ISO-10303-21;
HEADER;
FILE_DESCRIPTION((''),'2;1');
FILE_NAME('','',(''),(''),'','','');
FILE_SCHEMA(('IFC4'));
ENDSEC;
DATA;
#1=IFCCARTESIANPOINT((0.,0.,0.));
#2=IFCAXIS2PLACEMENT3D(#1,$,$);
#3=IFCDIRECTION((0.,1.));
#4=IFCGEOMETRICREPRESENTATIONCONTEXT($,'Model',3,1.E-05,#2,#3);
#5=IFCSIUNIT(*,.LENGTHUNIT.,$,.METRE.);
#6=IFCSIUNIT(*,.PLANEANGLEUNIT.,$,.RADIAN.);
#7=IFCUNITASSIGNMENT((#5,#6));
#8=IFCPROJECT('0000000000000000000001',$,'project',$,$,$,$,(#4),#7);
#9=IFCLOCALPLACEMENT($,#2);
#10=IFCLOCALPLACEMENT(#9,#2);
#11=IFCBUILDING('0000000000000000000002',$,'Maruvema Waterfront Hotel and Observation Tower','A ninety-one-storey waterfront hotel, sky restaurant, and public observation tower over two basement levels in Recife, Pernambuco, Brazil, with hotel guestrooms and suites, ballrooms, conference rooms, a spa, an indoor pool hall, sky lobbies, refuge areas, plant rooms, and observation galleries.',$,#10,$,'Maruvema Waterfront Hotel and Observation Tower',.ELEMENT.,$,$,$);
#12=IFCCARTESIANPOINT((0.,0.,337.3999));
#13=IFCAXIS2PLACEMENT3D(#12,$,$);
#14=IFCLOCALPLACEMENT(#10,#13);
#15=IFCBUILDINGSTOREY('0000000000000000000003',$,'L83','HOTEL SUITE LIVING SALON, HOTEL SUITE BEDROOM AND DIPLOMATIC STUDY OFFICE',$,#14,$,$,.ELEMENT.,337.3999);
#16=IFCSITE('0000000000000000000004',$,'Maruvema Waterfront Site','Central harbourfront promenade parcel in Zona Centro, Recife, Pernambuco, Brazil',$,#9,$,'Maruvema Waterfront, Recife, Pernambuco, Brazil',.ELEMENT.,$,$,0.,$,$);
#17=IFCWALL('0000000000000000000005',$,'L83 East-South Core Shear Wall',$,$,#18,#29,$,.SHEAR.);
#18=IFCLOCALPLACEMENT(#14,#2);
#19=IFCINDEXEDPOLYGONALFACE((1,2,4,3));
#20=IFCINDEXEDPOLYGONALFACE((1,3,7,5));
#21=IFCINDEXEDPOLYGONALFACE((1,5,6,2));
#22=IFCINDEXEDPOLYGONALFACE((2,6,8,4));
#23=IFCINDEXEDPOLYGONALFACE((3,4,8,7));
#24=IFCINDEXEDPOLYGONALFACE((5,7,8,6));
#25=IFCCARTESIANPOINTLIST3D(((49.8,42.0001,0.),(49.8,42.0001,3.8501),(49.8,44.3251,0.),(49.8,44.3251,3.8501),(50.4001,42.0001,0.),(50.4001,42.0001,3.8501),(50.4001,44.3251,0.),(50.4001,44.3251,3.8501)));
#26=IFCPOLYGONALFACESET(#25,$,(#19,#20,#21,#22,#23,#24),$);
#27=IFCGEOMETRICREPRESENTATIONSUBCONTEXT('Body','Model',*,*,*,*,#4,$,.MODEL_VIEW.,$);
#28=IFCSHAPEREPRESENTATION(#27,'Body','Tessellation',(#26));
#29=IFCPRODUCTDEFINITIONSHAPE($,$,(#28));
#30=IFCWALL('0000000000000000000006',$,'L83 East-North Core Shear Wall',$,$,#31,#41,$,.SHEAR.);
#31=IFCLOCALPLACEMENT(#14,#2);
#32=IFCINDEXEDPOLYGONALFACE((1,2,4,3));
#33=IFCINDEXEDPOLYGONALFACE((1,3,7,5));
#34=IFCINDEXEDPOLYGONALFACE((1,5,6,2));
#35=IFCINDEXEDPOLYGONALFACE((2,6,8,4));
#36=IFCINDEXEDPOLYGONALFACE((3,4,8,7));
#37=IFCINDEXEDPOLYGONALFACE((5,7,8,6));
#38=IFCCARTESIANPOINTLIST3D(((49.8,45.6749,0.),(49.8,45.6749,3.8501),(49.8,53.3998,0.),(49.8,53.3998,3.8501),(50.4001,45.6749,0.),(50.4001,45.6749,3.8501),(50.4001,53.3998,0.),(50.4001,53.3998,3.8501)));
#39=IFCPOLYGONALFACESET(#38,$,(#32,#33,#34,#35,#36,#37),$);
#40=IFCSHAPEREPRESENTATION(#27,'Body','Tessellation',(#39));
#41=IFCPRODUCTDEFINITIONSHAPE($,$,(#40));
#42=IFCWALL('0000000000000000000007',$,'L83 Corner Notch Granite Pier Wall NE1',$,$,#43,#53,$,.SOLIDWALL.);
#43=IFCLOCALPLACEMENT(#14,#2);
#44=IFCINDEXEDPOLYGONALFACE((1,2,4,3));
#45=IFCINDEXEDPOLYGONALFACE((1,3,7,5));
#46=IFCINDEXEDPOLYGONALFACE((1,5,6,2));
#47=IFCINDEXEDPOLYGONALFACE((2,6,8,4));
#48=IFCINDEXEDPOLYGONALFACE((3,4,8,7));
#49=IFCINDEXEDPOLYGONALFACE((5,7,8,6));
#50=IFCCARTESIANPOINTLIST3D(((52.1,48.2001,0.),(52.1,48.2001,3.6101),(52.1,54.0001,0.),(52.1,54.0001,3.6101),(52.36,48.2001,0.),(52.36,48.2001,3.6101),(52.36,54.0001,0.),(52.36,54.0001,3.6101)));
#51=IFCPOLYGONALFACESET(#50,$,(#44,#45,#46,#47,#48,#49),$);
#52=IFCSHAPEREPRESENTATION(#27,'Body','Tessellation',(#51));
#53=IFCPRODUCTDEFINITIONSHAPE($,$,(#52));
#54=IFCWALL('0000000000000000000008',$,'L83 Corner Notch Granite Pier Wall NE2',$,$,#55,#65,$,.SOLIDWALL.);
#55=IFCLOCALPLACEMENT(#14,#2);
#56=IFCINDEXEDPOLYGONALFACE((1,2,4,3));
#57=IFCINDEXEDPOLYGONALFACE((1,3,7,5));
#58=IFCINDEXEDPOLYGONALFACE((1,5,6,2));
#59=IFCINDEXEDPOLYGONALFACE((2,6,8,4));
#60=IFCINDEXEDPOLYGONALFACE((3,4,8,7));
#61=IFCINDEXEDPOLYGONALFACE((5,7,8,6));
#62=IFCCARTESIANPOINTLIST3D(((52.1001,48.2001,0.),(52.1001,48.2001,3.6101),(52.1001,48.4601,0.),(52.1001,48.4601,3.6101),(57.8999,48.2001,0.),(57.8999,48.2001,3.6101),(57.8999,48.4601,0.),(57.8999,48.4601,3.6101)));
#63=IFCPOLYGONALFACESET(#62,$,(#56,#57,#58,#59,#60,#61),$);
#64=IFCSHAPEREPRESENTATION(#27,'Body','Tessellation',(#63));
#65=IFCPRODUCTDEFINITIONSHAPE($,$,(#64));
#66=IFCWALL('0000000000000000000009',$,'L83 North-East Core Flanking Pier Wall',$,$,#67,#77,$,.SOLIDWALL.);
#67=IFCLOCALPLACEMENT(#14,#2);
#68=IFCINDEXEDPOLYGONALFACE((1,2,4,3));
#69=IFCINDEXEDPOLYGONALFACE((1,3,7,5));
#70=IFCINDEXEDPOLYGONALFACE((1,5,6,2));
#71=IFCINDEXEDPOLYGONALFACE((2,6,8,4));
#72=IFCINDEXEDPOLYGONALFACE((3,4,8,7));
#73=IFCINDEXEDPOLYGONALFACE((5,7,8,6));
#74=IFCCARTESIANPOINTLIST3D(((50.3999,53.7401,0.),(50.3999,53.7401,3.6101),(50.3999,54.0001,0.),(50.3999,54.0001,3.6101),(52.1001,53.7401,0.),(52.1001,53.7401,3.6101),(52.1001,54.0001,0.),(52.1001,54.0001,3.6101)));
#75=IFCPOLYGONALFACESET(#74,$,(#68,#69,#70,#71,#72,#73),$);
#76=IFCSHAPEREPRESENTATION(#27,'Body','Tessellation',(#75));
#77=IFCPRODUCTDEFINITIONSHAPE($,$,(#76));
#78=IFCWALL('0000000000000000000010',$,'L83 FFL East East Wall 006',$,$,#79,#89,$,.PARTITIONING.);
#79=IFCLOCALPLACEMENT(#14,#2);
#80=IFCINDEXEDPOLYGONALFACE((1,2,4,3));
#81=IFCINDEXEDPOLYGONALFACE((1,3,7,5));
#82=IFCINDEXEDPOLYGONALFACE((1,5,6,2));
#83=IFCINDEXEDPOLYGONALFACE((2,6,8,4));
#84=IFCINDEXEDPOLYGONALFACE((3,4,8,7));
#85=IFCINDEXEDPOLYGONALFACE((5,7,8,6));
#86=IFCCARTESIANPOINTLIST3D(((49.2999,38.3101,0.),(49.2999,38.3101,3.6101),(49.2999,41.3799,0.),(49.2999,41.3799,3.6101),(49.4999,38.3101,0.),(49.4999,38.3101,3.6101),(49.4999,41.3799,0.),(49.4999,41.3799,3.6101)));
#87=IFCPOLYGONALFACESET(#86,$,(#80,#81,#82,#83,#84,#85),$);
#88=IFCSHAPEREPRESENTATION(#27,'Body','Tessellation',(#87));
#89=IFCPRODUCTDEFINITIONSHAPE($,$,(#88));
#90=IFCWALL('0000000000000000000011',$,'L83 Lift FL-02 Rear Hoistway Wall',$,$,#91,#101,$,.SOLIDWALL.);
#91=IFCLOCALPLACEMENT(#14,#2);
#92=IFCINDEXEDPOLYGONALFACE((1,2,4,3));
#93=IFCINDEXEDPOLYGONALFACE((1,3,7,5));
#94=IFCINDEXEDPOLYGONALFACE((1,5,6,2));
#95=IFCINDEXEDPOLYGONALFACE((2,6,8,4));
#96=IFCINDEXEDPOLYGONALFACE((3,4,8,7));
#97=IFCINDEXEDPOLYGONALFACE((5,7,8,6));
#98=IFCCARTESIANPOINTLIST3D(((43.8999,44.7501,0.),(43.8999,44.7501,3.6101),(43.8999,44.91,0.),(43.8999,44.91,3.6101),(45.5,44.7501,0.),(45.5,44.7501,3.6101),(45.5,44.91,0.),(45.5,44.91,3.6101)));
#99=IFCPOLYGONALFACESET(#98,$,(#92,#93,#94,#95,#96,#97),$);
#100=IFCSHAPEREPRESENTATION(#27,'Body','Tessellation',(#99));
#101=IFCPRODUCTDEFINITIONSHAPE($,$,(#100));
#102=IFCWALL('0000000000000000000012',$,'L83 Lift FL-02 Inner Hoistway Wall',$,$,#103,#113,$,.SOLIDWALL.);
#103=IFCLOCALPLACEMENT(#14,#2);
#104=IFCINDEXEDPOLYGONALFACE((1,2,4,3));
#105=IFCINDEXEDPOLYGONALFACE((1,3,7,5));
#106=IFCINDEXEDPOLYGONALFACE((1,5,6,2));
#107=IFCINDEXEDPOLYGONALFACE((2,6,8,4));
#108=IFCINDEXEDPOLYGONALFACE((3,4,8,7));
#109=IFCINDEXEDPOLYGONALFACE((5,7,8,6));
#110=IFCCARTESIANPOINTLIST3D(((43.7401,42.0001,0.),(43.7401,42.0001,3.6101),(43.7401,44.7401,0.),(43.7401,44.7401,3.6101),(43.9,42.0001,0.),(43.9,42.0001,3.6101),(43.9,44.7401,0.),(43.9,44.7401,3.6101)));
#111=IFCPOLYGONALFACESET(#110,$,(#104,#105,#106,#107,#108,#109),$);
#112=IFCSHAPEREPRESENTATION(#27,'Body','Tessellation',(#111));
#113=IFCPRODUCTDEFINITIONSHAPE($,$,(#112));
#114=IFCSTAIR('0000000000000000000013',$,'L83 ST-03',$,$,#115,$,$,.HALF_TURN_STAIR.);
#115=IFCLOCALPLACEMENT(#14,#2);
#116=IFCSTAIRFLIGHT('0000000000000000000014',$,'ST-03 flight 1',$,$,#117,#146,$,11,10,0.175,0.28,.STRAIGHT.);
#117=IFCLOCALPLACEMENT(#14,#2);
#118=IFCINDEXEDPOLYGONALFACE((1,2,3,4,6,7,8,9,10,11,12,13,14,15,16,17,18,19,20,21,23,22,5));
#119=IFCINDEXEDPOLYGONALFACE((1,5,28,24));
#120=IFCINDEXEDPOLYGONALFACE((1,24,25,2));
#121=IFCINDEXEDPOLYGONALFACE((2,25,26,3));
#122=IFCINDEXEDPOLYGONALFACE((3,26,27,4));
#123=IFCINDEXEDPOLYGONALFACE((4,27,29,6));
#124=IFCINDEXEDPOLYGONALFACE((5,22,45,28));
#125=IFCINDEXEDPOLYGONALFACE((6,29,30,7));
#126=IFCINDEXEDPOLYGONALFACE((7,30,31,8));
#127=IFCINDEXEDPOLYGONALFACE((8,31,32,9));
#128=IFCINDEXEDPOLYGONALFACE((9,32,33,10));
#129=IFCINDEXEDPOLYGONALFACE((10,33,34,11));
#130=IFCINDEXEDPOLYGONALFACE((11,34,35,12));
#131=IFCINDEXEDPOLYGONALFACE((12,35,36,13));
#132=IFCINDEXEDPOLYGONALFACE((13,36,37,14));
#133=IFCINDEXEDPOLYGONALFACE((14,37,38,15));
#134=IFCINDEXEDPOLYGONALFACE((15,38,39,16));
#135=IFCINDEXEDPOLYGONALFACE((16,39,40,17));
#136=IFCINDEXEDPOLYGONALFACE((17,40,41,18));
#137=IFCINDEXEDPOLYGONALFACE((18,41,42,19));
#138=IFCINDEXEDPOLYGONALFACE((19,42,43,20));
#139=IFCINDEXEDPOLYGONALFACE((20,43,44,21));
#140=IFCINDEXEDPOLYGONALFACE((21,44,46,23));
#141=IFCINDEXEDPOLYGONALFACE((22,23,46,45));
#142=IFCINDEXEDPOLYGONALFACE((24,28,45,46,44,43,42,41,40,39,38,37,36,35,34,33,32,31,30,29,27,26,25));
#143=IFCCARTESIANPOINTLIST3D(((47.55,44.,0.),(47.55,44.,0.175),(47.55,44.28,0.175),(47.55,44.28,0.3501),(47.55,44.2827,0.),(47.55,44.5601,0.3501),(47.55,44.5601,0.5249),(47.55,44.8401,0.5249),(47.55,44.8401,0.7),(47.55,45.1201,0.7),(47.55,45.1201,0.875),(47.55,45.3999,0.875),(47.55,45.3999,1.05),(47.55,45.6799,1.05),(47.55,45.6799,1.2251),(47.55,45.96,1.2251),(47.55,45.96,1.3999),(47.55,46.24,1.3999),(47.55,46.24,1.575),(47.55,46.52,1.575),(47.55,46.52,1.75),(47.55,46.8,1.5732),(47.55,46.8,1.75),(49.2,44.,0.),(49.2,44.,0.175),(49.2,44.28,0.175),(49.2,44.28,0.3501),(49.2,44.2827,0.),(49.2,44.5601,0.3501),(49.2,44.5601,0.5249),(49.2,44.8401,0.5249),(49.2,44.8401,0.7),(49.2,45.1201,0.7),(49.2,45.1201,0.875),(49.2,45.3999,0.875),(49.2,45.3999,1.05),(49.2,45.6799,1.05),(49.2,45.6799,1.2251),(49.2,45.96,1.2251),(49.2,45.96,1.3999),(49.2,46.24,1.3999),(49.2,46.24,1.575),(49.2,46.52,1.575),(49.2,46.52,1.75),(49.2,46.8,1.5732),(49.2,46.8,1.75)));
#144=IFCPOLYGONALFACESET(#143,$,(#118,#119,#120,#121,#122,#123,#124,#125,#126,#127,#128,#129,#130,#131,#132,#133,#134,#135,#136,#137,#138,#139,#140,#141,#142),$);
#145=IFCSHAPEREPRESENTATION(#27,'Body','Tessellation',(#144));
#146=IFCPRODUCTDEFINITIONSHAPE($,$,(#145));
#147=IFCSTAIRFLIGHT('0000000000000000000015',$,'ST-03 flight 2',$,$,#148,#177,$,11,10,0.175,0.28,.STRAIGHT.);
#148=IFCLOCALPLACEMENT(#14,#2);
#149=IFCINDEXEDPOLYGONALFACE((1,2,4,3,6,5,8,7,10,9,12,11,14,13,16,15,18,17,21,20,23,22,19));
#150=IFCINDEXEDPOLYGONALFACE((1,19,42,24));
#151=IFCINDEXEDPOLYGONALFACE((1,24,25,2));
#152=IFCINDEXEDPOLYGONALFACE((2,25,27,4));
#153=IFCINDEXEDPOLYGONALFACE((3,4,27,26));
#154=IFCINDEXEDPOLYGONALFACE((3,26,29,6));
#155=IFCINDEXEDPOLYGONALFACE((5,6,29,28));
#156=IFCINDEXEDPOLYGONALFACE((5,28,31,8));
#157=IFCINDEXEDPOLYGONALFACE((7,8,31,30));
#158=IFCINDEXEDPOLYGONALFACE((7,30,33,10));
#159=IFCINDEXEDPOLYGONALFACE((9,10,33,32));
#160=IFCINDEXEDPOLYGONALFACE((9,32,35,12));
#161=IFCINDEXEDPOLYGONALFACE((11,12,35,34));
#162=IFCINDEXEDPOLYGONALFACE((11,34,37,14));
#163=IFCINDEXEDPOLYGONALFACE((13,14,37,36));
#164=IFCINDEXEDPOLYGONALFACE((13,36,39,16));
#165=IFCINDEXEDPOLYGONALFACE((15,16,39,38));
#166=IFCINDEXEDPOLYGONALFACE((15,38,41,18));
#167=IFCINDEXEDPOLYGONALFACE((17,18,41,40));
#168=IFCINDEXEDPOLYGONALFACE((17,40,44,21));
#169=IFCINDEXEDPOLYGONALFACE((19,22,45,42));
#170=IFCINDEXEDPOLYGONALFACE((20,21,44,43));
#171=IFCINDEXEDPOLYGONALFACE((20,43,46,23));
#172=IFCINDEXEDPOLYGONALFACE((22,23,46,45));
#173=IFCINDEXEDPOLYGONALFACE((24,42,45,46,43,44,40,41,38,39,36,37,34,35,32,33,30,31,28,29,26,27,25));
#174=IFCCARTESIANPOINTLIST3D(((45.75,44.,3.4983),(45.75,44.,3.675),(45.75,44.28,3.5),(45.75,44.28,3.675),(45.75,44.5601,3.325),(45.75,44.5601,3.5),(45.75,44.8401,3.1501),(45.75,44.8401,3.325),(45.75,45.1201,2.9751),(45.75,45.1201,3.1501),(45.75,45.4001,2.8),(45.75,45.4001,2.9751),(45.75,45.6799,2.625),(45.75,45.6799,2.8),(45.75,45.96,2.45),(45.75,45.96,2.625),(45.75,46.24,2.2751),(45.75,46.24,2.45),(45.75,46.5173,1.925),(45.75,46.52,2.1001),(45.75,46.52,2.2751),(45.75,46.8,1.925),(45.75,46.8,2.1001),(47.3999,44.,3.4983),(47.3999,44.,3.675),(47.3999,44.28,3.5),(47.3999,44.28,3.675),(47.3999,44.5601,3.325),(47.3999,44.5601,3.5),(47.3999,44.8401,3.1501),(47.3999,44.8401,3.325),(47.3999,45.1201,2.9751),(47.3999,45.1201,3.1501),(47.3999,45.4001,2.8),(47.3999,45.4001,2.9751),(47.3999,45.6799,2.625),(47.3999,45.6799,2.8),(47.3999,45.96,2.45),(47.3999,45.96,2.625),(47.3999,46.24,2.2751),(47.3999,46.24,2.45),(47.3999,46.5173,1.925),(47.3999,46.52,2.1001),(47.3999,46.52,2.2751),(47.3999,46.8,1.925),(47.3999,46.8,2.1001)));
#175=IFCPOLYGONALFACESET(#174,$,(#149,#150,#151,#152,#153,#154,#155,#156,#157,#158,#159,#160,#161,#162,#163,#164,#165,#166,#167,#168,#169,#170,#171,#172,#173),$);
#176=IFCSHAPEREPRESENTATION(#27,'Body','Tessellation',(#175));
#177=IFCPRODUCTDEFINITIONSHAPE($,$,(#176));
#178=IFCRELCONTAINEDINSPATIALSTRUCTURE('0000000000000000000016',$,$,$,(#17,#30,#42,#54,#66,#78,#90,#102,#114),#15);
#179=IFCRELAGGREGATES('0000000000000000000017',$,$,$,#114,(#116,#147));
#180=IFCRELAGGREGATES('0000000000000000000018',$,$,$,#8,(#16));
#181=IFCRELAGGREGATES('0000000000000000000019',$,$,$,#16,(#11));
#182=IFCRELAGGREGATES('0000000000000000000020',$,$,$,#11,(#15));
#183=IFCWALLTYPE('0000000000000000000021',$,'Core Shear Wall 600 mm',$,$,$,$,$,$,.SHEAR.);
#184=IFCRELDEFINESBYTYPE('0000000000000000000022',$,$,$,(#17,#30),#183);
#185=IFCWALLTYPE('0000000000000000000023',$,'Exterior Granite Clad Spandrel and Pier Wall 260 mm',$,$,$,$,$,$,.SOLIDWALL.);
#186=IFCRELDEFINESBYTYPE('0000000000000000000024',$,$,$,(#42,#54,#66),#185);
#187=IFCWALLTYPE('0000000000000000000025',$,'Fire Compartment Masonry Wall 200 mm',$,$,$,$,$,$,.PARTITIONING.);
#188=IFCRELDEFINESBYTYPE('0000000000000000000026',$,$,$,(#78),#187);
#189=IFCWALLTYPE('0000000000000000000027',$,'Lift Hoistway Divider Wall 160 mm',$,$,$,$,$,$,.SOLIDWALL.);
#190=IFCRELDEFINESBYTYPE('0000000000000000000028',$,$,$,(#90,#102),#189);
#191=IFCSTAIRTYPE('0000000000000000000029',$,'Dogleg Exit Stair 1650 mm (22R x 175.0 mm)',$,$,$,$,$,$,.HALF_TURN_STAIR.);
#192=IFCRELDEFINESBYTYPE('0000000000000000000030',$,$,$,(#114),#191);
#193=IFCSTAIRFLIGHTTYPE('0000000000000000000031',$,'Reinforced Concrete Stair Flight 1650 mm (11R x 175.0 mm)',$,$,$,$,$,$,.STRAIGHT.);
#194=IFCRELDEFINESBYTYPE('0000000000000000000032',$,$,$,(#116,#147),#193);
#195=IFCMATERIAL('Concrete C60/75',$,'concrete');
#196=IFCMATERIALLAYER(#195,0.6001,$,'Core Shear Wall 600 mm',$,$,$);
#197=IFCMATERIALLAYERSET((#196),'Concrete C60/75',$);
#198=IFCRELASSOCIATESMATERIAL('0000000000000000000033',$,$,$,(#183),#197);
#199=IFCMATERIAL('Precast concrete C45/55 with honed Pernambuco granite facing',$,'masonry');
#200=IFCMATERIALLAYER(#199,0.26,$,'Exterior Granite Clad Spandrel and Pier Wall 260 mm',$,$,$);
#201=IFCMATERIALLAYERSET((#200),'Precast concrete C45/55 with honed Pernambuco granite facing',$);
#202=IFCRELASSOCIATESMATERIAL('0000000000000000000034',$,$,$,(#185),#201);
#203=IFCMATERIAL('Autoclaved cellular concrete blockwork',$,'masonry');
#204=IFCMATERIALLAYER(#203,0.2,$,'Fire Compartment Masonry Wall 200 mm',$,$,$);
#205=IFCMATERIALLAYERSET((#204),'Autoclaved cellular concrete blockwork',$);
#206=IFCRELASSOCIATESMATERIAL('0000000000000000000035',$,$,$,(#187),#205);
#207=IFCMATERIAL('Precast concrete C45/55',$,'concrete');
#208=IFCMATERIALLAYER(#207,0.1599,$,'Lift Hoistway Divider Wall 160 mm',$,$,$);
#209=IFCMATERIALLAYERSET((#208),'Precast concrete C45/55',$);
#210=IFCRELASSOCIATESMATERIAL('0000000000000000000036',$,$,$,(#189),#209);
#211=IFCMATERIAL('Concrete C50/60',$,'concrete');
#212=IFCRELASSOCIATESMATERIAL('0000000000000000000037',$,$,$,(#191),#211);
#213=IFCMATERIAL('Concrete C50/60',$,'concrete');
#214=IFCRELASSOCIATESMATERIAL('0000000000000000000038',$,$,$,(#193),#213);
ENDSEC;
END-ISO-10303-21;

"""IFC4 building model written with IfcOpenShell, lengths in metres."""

from ifc_helpers import new_model, si_unit, direction, frame, frame_2d, origin, place, context, subcontext, project, spatial, polyline, rectangle, outline, extrude, material, layer, layer_set, type_object, element, aggregate, save


model = new_model("IFC4")

# Units and contexts
model_context = context("Model", 3, precision=1e-05, world=origin(), true_north=direction((0.0, 1.0)))
body_context = subcontext(model_context, "Body", "Model", "MODEL_VIEW")
ifc_project = project(units=[si_unit("LENGTHUNIT", "METRE"), si_unit("PLANEANGLEUNIT", "RADIAN")], contexts=[model_context])

# Site, building, storey
site_placement = place(None, origin())
site = spatial("IfcSite", under=ifc_project, at=site_placement, Name="Maruvema Waterfront Site", Description="Central harbourfront promenade parcel in Zona Centro, Recife, Pernambuco, Brazil", LongName="Maruvema Waterfront, Recife, Pernambuco, Brazil", CompositionType="ELEMENT", RefElevation=0.0)
building_placement = place(site_placement, origin())
building = spatial("IfcBuilding", under=site, at=building_placement, Name="Maruvema Waterfront Hotel and Observation Tower", Description="A ninety-one-storey waterfront hotel, sky restaurant, and public observation tower over two basement levels in Recife, Pernambuco, Brazil, with hotel guestrooms and suites, ballrooms, conference rooms, a spa, an indoor pool hall, sky lobbies, refuge areas, plant rooms, and observation galleries.", LongName="Maruvema Waterfront Hotel and Observation Tower", CompositionType="ELEMENT")
storey_placement = place(building_placement, frame((0.0, 0.0, 337.3999)))
storey = spatial("IfcBuildingStorey", under=building, at=storey_placement, Name="L83", Description="HOTEL SUITE LIVING SALON, HOTEL SUITE BEDROOM AND DIPLOMATIC STUDY OFFICE", CompositionType="ELEMENT", Elevation=337.3999)

# Walls
ifc_material_1 = material(Name="Concrete C60/75", Category="concrete")
ifc_layer_1 = layer(ifc_material_1, 0.6001, Name="Core Shear Wall 600 mm")
ifc_layer_set_1 = layer_set([ifc_layer_1], Name="Concrete C60/75")
wall_type_1 = type_object("IfcWallType", Name="Core Shear Wall 600 mm", PredefinedType="SHEAR", material=ifc_layer_set_1)
wall_1_placement = place(storey_placement, frame((50.1001, 42.0, 0.0), z_axis=(0.0, 0.0, 1.0), x_axis=(0.0, 1.0, 0.0)))
element("IfcWall", 1, at=wall_1_placement, inside=storey, type_object=wall_type_1, Name="L83 East-South Core Shear Wall", PredefinedType="SHEAR", context=body_context, shape_type="SweptSolid", body=[
    extrude(rectangle(XDim=2.325, YDim=0.6001, at=frame_2d((1.1626, 0.0))), origin(), (0.0, 0.0, 1.0), 3.8501),
])
wall_2_placement = place(storey_placement, frame((50.1001, 45.675, 0.0), z_axis=(0.0, 0.0, 1.0), x_axis=(0.0, 1.0, 0.0)))
element("IfcWall", 2, at=wall_2_placement, inside=storey, type_object=wall_type_1, Name="L83 East-North Core Shear Wall", PredefinedType="SHEAR", context=body_context, shape_type="SweptSolid", body=[
    extrude(rectangle(XDim=7.7249, YDim=0.6001, at=frame_2d((3.8623, 0.0))), origin(), (0.0, 0.0, 1.0), 3.8501),
])
ifc_material_2 = material(Name="Precast concrete C45/55 with honed Pernambuco granite facing", Category="masonry")
ifc_layer_2 = layer(ifc_material_2, 0.26, Name="Exterior Granite Clad Spandrel and Pier Wall 260 mm")
ifc_layer_set_2 = layer_set([ifc_layer_2], Name="Precast concrete C45/55 with honed Pernambuco granite facing")
wall_type_2 = type_object("IfcWallType", Name="Exterior Granite Clad Spandrel and Pier Wall 260 mm", PredefinedType="SOLIDWALL", material=ifc_layer_set_2)
wall_3_placement = place(storey_placement, frame((52.23, 54.0, 0.0), z_axis=(0.0, 0.0, 1.0), x_axis=(0.0, -1.0, 0.0)))
element("IfcWall", 3, at=wall_3_placement, inside=storey, type_object=wall_type_2, Name="L83 Corner Notch Granite Pier Wall NE1", PredefinedType="SOLIDWALL", context=body_context, shape_type="SweptSolid", body=[
    extrude(rectangle(XDim=5.8, YDim=0.26, at=frame_2d((2.8999, 0.0))), origin(), (0.0, 0.0, 1.0), 3.6101),
])
wall_4_placement = place(storey_placement, frame((52.1001, 48.3301, 0.0), z_axis=(0.0, 0.0, 1.0), x_axis=(1.0, 0.0, 0.0)))
element("IfcWall", 4, at=wall_4_placement, inside=storey, type_object=wall_type_2, Name="L83 Corner Notch Granite Pier Wall NE2", PredefinedType="SOLIDWALL", context=body_context, shape_type="SweptSolid", body=[
    extrude(rectangle(XDim=5.7998, YDim=0.26, at=frame_2d((2.8999, 0.0))), origin(), (0.0, 0.0, 1.0), 3.6101),
])
wall_5_placement = place(storey_placement, frame((52.1001, 53.8701, 0.0), z_axis=(0.0, 0.0, 1.0), x_axis=(-1.0, 0.0, 0.0)))
element("IfcWall", 5, at=wall_5_placement, inside=storey, type_object=wall_type_2, Name="L83 North-East Core Flanking Pier Wall", PredefinedType="SOLIDWALL", context=body_context, shape_type="SweptSolid", body=[
    extrude(rectangle(XDim=1.7002, YDim=0.26, at=frame_2d((0.8501, 0.0))), origin(), (0.0, 0.0, 1.0), 3.6101),
])
ifc_material_3 = material(Name="Autoclaved cellular concrete blockwork", Category="masonry")
ifc_layer_3 = layer(ifc_material_3, 0.2, Name="Fire Compartment Masonry Wall 200 mm")
ifc_layer_set_3 = layer_set([ifc_layer_3], Name="Autoclaved cellular concrete blockwork")
wall_type_3 = type_object("IfcWallType", Name="Fire Compartment Masonry Wall 200 mm", PredefinedType="PARTITIONING", material=ifc_layer_set_3)
wall_6_placement = place(storey_placement, frame((49.3999, 38.3101, 0.0), z_axis=(0.0, 0.0, 1.0), x_axis=(0.0, 1.0, 0.0)))
element("IfcWall", 6, at=wall_6_placement, inside=storey, type_object=wall_type_3, Name="L83 FFL East East Wall 006", PredefinedType="PARTITIONING", context=body_context, shape_type="SweptSolid", body=[
    extrude(rectangle(XDim=3.0698, YDim=0.2, at=frame_2d((1.5349, 0.0))), origin(), (0.0, 0.0, 1.0), 3.6101),
])
ifc_material_4 = material(Name="Precast concrete C45/55", Category="concrete")
ifc_layer_4 = layer(ifc_material_4, 0.1599, Name="Lift Hoistway Divider Wall 160 mm")
ifc_layer_set_4 = layer_set([ifc_layer_4], Name="Precast concrete C45/55")
wall_type_4 = type_object("IfcWallType", Name="Lift Hoistway Divider Wall 160 mm", PredefinedType="SOLIDWALL", material=ifc_layer_set_4)
wall_7_placement = place(storey_placement, frame((43.8999, 44.8301, 0.0), z_axis=(0.0, 0.0, 1.0), x_axis=(1.0, 0.0, 0.0)))
element("IfcWall", 7, at=wall_7_placement, inside=storey, type_object=wall_type_4, Name="L83 Lift FL-02 Rear Hoistway Wall", PredefinedType="SOLIDWALL", context=body_context, shape_type="SweptSolid", body=[
    extrude(rectangle(XDim=1.6001, YDim=0.1599, at=frame_2d((0.8, 0.0))), origin(), (0.0, 0.0, 1.0), 3.6101),
])
wall_8_placement = place(storey_placement, frame((43.8201, 42.0, 0.0), z_axis=(0.0, 0.0, 1.0), x_axis=(0.0, 1.0, 0.0)))
element("IfcWall", 8, at=wall_8_placement, inside=storey, type_object=wall_type_4, Name="L83 Lift FL-02 Inner Hoistway Wall", PredefinedType="SOLIDWALL", context=body_context, shape_type="SweptSolid", body=[
    extrude(rectangle(XDim=2.74, YDim=0.1599, at=frame_2d((1.3701, 0.0))), origin(), (0.0, 0.0, 1.0), 3.6101),
])

# Stair, stair flights
ifc_material_5 = material(Name="Concrete C50/60", Category="concrete")
stair_type = type_object("IfcStairType", Name="Dogleg Exit Stair 1650 mm (22R x 175.0 mm)", PredefinedType="HALF_TURN_STAIR", material=ifc_material_5)
stair_placement = place(storey_placement, origin())
stair = element("IfcStair", 9, at=stair_placement, inside=storey, type_object=stair_type, Name="L83 ST-03", PredefinedType="HALF_TURN_STAIR")
ifc_material_6 = material(Name="Concrete C50/60", Category="concrete")
stair_flight_type = type_object("IfcStairFlightType", Name="Reinforced Concrete Stair Flight 1650 mm (11R x 175.0 mm)", PredefinedType="STRAIGHT", material=ifc_material_6)
stair_flight_1_placement = place(storey_placement, frame((48.375, 44.0, 0.0), z_axis=(0.0, 0.0, 1.0), x_axis=(0.0, 1.0, 0.0)))
stair_flight_1 = element("IfcStairFlight", 10, at=stair_flight_1_placement, type_object=stair_flight_type, Name="ST-03 flight 1", NumberOfRisers=11, NumberOfTreads=10, PredefinedType="STRAIGHT", RiserHeight=0.175, TreadLength=0.28, context=body_context, shape_type="SweptSolid", body=[
    extrude(outline(polyline([(0.0, 0.0), (0.0, 0.175), (0.28, 0.175), (0.28, 0.3501), (0.5601, 0.3501), (0.5601, 0.5249), (0.8401, 0.5249), (0.8401, 0.7), (1.1201, 0.7), (1.1201, 0.875), (1.3999, 0.875), (1.3999, 1.05), (1.6799, 1.05), (1.6799, 1.2251), (1.96, 1.2251), (1.96, 1.3999), (2.24, 1.3999), (2.24, 1.575), (2.52, 1.575), (2.52, 1.75), (2.8, 1.75), (2.8, 1.925), (2.8, 1.5732), (0.2827, 0.0), (0.0, 0.0)])), frame((0.0, 0.825, 0.0), z_axis=(0.0, -1.0, 0.0), x_axis=(1.0, 0.0, 0.0)), (0.0, 0.0, 1.0), 1.6499),
])
stair_flight_2_placement = place(storey_placement, frame((46.575, 46.8, 1.925), z_axis=(0.0, 0.0, 1.0), x_axis=(0.0, -1.0, 0.0)))
stair_flight_2 = element("IfcStairFlight", 11, at=stair_flight_2_placement, type_object=stair_flight_type, Name="ST-03 flight 2", NumberOfRisers=11, NumberOfTreads=10, PredefinedType="STRAIGHT", RiserHeight=0.175, TreadLength=0.28, context=body_context, shape_type="SweptSolid", body=[
    extrude(outline(polyline([(0.0, 0.0), (0.0, 0.175), (0.28, 0.175), (0.28, 0.3501), (0.5601, 0.3501), (0.5601, 0.5249), (0.8401, 0.5249), (0.8401, 0.7), (1.1201, 0.7), (1.1201, 0.875), (1.3999, 0.875), (1.3999, 1.05), (1.6799, 1.05), (1.6799, 1.2251), (1.96, 1.2251), (1.96, 1.3999), (2.24, 1.3999), (2.24, 1.575), (2.52, 1.575), (2.52, 1.75), (2.8, 1.75), (2.8, 1.925), (2.8, 1.5732), (0.2827, 0.0), (0.0, 0.0)])), frame((0.0, 0.825, 0.0), z_axis=(0.0, -1.0, 0.0), x_axis=(1.0, 0.0, 0.0)), (0.0, 0.0, 1.0), 1.6499),
])
aggregate(stair, [stair_flight_1, stair_flight_2])

save(model, "model.ifc")
